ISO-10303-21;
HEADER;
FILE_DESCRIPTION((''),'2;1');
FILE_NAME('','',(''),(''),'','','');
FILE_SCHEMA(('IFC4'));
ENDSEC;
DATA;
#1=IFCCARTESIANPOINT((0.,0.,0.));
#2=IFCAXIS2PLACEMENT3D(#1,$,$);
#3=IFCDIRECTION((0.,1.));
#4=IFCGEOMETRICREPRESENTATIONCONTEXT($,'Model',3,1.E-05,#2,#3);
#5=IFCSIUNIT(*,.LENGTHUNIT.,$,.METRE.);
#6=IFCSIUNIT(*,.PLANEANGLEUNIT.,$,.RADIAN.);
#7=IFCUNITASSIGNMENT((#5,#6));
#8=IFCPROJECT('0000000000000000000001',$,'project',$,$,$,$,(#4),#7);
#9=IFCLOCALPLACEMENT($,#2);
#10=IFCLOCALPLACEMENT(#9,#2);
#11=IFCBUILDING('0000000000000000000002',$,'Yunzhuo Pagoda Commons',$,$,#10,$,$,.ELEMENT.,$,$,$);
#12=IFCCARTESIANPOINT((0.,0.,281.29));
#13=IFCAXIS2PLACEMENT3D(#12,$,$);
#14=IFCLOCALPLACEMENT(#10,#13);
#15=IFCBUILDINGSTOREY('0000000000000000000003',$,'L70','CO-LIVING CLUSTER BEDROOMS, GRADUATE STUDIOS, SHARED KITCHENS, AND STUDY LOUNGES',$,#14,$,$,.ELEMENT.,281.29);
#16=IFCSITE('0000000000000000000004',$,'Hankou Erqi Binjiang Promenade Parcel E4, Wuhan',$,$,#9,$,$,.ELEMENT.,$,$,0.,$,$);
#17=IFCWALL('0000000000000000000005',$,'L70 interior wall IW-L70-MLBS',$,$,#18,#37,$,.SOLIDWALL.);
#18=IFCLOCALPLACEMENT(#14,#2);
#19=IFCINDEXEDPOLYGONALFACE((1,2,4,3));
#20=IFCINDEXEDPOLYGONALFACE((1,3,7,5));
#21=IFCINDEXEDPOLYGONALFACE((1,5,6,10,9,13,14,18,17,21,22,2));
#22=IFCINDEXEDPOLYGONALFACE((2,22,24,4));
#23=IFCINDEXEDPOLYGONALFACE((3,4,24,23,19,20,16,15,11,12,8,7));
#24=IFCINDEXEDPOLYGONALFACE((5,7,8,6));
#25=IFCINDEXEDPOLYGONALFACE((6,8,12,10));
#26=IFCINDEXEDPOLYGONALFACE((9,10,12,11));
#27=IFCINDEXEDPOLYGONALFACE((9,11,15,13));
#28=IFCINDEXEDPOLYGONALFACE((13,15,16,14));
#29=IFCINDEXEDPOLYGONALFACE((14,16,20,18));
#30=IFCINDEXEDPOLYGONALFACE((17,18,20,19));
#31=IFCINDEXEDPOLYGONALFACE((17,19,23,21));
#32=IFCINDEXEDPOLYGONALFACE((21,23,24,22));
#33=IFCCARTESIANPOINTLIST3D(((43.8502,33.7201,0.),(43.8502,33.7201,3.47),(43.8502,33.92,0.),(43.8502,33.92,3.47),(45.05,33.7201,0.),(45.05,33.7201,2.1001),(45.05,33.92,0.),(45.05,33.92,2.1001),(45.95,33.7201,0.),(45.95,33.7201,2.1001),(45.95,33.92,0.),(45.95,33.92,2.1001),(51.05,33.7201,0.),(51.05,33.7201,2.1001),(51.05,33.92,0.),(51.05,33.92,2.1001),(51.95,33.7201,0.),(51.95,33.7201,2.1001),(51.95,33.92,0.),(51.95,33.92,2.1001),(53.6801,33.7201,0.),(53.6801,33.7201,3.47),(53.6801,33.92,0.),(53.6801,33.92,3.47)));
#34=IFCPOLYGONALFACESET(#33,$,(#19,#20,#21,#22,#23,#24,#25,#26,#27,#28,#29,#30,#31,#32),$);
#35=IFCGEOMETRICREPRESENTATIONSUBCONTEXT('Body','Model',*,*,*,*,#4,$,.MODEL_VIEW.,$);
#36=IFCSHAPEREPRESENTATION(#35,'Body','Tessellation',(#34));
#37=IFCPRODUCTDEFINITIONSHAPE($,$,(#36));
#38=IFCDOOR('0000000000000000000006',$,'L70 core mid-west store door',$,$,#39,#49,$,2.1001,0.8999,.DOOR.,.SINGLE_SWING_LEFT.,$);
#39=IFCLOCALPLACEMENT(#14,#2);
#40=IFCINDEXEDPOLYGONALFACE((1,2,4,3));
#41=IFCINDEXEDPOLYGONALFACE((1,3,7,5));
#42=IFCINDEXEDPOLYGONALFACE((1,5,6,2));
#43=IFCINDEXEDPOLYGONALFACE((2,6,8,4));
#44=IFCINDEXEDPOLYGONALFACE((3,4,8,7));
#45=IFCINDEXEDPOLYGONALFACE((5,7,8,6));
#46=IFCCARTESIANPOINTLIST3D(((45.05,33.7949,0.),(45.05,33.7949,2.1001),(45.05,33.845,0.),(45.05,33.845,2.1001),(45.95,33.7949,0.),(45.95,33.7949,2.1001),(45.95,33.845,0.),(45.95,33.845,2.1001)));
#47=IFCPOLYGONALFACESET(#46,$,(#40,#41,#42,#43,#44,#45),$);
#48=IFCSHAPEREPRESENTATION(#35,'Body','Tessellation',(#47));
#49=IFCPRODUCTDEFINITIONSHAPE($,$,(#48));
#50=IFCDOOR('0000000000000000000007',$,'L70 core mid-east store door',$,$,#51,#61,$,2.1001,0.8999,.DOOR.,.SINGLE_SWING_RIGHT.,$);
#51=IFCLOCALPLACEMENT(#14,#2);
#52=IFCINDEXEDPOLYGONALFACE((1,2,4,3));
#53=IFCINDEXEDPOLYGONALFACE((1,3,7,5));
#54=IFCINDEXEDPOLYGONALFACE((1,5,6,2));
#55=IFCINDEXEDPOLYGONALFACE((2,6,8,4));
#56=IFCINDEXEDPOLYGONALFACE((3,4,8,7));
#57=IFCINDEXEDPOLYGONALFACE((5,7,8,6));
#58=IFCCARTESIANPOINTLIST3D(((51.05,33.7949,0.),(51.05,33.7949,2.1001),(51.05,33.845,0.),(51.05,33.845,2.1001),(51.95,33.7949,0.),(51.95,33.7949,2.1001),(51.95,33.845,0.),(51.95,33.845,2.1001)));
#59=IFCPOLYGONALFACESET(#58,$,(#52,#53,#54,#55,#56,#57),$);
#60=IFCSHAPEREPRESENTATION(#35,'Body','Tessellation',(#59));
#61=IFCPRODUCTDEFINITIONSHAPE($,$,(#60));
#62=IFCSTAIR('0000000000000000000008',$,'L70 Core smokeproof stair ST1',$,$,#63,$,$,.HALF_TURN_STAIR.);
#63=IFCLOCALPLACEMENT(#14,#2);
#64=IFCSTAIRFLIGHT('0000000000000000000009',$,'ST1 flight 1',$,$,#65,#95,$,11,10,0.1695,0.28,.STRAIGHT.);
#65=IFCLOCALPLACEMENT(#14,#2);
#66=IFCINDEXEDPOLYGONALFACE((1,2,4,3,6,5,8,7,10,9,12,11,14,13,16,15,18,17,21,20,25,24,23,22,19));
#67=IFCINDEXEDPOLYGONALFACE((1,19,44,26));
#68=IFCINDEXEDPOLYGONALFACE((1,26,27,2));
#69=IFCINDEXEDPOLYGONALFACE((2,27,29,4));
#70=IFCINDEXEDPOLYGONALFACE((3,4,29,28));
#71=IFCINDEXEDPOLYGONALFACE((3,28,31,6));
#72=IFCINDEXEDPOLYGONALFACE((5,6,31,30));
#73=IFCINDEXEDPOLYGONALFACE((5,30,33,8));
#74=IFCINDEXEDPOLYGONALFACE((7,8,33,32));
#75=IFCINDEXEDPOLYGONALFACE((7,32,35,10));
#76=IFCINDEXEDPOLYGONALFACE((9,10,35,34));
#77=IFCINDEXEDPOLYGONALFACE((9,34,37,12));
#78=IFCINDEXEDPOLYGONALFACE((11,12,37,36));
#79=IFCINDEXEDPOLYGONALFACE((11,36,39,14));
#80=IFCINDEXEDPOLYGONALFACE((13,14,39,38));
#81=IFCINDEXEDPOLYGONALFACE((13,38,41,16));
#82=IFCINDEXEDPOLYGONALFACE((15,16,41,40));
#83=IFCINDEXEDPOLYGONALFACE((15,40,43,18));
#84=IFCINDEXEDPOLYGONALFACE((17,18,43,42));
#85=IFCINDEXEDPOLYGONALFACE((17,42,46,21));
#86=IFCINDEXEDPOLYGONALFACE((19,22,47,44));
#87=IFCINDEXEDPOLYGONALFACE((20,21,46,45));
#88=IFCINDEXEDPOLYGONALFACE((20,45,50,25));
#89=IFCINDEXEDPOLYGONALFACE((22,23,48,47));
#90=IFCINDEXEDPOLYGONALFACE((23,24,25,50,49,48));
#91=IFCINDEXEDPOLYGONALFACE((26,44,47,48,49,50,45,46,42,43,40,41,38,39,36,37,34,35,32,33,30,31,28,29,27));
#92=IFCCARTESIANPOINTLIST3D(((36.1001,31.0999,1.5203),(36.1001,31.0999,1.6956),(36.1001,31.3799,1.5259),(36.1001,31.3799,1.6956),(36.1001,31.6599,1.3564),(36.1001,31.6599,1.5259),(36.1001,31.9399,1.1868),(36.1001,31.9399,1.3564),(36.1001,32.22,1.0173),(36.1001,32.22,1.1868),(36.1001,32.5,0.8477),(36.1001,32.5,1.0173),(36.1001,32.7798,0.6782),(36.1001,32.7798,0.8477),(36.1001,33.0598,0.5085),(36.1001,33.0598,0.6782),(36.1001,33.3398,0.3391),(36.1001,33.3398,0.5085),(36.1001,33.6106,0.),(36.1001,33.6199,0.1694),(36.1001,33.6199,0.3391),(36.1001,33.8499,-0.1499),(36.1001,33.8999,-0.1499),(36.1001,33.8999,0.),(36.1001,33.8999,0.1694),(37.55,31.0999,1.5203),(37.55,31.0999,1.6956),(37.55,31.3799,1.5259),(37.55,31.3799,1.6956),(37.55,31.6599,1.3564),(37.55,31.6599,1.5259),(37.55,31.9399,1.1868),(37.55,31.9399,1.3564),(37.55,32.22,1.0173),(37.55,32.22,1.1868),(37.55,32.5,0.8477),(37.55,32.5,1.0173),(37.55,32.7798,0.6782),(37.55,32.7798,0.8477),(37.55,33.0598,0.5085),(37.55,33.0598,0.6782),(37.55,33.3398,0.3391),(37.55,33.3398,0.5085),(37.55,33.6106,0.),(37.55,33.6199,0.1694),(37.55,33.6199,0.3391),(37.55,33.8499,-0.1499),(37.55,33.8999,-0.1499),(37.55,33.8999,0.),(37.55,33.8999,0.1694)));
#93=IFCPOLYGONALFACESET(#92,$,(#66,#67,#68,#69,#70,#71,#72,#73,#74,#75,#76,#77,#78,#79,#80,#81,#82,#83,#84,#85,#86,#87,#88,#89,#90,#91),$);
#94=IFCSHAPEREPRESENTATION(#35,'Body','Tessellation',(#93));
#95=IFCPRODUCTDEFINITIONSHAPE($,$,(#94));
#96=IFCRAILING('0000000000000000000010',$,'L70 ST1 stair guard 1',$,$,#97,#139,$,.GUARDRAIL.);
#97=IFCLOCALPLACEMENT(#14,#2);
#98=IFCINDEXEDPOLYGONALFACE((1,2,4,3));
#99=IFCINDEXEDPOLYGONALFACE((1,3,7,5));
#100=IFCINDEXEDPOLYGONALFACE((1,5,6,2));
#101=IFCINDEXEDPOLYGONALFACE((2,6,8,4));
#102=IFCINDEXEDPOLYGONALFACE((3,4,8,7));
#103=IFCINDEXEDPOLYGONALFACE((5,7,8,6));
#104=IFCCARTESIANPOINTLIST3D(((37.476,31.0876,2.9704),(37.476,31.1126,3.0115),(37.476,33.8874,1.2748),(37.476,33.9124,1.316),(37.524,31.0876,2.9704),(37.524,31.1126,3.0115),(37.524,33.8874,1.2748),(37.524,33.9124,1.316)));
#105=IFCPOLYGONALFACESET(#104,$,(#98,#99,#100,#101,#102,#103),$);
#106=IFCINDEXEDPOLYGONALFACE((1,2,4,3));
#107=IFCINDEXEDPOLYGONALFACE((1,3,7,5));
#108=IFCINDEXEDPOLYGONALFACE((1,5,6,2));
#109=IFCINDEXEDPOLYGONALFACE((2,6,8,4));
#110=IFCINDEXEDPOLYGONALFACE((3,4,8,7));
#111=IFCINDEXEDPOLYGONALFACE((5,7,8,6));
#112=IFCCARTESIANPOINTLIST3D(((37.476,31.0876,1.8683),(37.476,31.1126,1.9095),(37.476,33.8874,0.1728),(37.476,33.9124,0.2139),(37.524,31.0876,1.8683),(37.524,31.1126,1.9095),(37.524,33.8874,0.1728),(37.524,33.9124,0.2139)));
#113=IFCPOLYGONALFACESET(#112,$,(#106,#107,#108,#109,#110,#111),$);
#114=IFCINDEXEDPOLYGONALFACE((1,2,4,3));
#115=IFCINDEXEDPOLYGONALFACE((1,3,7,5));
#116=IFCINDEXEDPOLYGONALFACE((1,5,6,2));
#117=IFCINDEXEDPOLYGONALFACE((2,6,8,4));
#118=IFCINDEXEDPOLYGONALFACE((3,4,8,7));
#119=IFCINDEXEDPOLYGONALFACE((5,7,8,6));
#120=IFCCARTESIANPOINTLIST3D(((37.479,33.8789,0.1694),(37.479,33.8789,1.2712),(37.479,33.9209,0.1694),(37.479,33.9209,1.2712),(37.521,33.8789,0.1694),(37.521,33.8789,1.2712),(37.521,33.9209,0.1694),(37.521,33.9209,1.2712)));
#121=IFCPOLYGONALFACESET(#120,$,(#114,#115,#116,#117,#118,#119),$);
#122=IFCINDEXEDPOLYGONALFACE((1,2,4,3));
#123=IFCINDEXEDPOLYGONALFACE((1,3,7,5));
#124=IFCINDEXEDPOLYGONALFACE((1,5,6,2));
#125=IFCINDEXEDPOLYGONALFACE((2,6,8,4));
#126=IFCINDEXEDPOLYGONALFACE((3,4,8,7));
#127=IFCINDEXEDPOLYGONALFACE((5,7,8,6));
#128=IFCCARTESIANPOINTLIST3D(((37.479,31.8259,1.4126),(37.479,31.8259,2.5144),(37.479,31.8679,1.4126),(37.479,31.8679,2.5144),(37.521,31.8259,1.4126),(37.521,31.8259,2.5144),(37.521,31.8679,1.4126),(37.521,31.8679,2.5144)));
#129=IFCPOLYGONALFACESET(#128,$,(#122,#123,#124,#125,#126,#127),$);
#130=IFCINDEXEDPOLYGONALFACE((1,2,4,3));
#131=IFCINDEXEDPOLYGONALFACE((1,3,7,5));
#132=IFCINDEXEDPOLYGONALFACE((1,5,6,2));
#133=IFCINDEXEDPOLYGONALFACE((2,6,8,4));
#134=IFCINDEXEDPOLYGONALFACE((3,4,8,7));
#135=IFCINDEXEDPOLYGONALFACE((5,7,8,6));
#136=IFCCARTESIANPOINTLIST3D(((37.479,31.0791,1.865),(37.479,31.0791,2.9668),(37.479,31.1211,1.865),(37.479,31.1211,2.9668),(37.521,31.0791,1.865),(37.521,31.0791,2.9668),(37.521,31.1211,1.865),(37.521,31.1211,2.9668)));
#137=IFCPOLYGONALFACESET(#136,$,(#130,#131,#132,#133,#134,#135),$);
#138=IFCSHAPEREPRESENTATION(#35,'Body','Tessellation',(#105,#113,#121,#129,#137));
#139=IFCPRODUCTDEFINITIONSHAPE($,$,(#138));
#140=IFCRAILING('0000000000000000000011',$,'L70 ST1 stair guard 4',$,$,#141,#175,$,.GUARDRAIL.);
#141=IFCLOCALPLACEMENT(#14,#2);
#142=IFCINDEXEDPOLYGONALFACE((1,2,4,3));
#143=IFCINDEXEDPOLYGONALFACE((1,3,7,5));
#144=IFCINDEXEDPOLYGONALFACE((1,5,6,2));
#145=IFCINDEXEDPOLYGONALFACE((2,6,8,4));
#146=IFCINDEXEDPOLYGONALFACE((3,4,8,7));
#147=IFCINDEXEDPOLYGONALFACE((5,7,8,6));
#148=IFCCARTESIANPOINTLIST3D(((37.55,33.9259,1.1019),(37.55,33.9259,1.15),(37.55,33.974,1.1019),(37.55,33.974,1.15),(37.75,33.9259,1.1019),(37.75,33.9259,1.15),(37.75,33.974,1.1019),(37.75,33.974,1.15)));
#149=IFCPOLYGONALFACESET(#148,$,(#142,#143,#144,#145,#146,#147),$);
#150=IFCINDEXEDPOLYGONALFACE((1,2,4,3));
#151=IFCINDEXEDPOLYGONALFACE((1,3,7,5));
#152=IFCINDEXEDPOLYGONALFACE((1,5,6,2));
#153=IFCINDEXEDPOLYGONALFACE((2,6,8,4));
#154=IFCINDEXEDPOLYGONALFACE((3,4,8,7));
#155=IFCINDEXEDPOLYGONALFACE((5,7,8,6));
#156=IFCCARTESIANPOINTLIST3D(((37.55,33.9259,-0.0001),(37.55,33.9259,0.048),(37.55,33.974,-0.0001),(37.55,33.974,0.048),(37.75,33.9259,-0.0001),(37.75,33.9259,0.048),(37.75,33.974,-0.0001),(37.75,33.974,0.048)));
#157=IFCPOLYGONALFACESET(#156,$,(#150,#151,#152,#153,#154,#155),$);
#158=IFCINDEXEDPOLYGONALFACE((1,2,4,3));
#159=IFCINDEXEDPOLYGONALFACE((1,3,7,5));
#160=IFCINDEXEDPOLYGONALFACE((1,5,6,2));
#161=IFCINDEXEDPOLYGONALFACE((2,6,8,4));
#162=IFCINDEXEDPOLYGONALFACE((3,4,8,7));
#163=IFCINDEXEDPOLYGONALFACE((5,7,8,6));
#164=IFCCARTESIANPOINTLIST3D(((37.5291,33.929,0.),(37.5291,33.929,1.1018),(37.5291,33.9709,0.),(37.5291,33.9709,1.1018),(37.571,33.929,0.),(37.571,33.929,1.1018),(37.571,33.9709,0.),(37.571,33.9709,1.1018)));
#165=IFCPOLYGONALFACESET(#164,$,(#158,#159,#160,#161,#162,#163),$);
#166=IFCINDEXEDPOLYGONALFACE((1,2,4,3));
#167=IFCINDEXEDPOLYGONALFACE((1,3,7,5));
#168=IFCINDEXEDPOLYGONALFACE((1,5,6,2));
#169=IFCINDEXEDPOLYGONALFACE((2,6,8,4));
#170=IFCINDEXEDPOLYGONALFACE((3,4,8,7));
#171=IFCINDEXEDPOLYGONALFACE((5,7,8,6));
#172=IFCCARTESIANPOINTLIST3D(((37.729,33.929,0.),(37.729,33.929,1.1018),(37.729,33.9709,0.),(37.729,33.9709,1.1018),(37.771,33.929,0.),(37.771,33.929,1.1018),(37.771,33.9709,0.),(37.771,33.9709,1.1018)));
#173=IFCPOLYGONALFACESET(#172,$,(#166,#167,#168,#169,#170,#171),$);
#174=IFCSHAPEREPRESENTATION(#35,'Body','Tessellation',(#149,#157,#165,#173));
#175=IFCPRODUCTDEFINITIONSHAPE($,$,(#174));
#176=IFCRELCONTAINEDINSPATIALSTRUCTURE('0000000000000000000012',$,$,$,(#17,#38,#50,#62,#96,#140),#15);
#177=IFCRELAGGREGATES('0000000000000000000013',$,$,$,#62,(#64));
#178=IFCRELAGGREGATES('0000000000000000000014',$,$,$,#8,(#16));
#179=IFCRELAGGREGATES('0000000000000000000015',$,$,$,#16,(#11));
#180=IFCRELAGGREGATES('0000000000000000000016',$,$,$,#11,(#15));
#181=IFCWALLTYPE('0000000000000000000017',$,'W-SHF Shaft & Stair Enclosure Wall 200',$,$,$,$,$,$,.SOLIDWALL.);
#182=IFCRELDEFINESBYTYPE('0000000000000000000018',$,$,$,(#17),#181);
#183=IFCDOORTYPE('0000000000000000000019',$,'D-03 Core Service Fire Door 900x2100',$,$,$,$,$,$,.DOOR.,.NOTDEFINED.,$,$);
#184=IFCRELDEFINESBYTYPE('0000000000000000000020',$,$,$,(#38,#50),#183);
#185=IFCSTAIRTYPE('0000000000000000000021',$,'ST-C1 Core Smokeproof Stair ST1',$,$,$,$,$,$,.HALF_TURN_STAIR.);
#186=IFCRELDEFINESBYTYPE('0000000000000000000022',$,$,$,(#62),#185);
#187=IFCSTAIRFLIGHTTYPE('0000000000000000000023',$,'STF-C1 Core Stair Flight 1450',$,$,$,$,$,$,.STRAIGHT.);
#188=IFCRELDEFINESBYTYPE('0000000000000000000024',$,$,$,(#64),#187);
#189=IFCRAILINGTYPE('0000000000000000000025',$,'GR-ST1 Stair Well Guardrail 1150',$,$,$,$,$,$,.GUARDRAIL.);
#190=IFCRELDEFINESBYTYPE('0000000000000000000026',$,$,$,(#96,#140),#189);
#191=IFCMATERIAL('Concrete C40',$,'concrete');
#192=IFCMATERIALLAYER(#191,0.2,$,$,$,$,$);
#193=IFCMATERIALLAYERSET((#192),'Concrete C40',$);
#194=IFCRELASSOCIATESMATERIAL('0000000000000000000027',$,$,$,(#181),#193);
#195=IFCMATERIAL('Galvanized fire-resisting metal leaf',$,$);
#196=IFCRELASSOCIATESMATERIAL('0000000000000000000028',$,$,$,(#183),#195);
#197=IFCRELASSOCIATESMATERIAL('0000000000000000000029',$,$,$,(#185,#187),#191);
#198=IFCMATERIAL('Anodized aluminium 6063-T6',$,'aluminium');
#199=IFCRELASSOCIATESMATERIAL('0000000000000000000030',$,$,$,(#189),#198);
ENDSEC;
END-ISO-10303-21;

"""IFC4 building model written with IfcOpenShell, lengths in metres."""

from ifc_helpers import new_model, si_unit, direction, frame, frame_2d, origin, origin_with_axes, origin_2d, place, context, subcontext, project, spatial, polyline, rectangle, outline, extrude, source, transform, mapped, material, layer, layer_set, type_object, element, fill, aggregate, save


model = new_model("IFC4")

# Units and contexts
model_context = context("Model", 3, precision=1e-05, world=origin(), true_north=direction((0.0, 1.0)))
body_context = subcontext(model_context, "Body", "Model", "MODEL_VIEW")
ifc_project = project(units=[si_unit("LENGTHUNIT", "METRE"), si_unit("PLANEANGLEUNIT", "RADIAN")], contexts=[model_context])

# Site, building, storey
site_placement = place(None, origin())
site = spatial("IfcSite", under=ifc_project, at=site_placement, Name="Hankou Erqi Binjiang Promenade Parcel E4, Wuhan", CompositionType="ELEMENT", RefElevation=0.0)
building_placement = place(site_placement, origin())
building = spatial("IfcBuilding", under=site, at=building_placement, Name="Yunzhuo Pagoda Commons", CompositionType="ELEMENT")
storey_placement = place(building_placement, frame((0.0, 0.0, 281.29)))
storey = spatial("IfcBuildingStorey", under=building, at=storey_placement, Name="L70", Description="CO-LIVING CLUSTER BEDROOMS, GRADUATE STUDIOS, SHARED KITCHENS, AND STUDY LOUNGES", CompositionType="ELEMENT", Elevation=281.29)

# Shared definitions
ifc_material_1 = material(Name="Galvanized fire-resisting metal leaf")

# Shared definitions
ifc_material_2 = material(Name="Concrete C40", Category="concrete")
ifc_layer_1 = layer(ifc_material_2, 0.2)
ifc_layer_set_1 = layer_set([ifc_layer_1], Name="Concrete C40")
wall_type_1 = type_object("IfcWallType", Name="W-SHF Shaft & Stair Enclosure Wall 200", PredefinedType="SOLIDWALL", material=ifc_layer_set_1)

# Shared definitions
door_type_1 = type_object("IfcDoorType", Name="D-03 Core Service Fire Door 900x2100", OperationType="NOTDEFINED", PredefinedType="DOOR", material=ifc_material_1)
shared_shape_1 = source(origin(), body_context, "Body", "SweptSolid", [
    extrude(rectangle(XDim=0.8999, YDim=2.1001, at=frame_2d((0.45, 1.05))), frame((0.0, 0.0249, 0.0), z_axis=(0.0, -1.0, 0.0), x_axis=(1.0, 0.0, 0.0)), (0.0, 0.0, 1.0), 0.05),
])

# Wall, openings, doors
wall_1_placement = place(storey_placement, frame((43.8501, 33.8201, 0.0), z_axis=(0.0, 0.0, 1.0), x_axis=(1.0, 0.0, 0.0)))
wall_1 = element("IfcWall", 1, at=wall_1_placement, inside=storey, type_object=wall_type_1, Name="L70 interior wall IW-L70-MLBS", PredefinedType="SOLIDWALL", context=body_context, shape_type="SweptSolid", body=[
    extrude(rectangle(XDim=9.8298, YDim=0.2, at=frame_2d((4.915, 0.0))), origin(), (0.0, 0.0, 1.0), 3.47),
])
opening_1_placement = place(wall_1_placement, frame((1.2, 0.0, 0.0)))
opening_1 = element("IfcOpeningElement", 2, at=opening_1_placement, cuts=wall_1, PredefinedType="OPENING", context=body_context, shape_type="SweptSolid", body=[
    extrude(rectangle(XDim=0.8999, YDim=2.1001, at=frame_2d((0.45, 1.05))), frame((0.0, 0.1099, 0.0), z_axis=(0.0, -1.0, 0.0), x_axis=(1.0, 0.0, 0.0)), (0.0, 0.0, 1.0), 0.22),
])
opening_2_placement = place(wall_1_placement, frame((7.2, 0.0, 0.0)))
opening_2 = element("IfcOpeningElement", 3, at=opening_2_placement, cuts=wall_1, PredefinedType="OPENING", context=body_context, shape_type="SweptSolid", body=[
    extrude(rectangle(XDim=0.8999, YDim=2.1001, at=frame_2d((0.45, 1.05))), frame((0.0, 0.1099, 0.0), z_axis=(0.0, -1.0, 0.0), x_axis=(1.0, 0.0, 0.0)), (0.0, 0.0, 1.0), 0.22),
])
door_1_placement = place(opening_1_placement, origin_with_axes())
door_1 = element("IfcDoor", 4, at=door_1_placement, inside=storey, type_object=door_type_1, Name="L70 core mid-west store door", OperationType="SINGLE_SWING_LEFT", OverallHeight=2.1001, OverallWidth=0.8999, PredefinedType="DOOR", context=body_context, shape_type="MappedRepresentation", body=[
    mapped(shared_shape_1, transform((0.0, 0.0, 0.0), scale=1.0)),
])
fill(opening_1, door_1)
door_2_placement = place(opening_2_placement, origin_with_axes())
door_2 = element("IfcDoor", 5, at=door_2_placement, inside=storey, type_object=door_type_1, Name="L70 core mid-east store door", OperationType="SINGLE_SWING_RIGHT", OverallHeight=2.1001, OverallWidth=0.8999, PredefinedType="DOOR", context=body_context, shape_type="MappedRepresentation", body=[
    mapped(shared_shape_1, transform((0.0, 0.0, 0.0), scale=1.0)),
])
fill(opening_2, door_2)

# Stair, stair flight
stair_type = type_object("IfcStairType", Name="ST-C1 Core Smokeproof Stair ST1", PredefinedType="HALF_TURN_STAIR", material=ifc_material_2)
stair_placement = place(storey_placement, origin())
stair = element("IfcStair", 6, at=stair_placement, inside=storey, type_object=stair_type, Name="L70 Core smokeproof stair ST1", PredefinedType="HALF_TURN_STAIR")
stair_flight_type = type_object("IfcStairFlightType", Name="STF-C1 Core Stair Flight 1450", PredefinedType="STRAIGHT", material=ifc_material_2)
shared_shape_2 = source(origin(), body_context, "Body", "SweptSolid", [
    extrude(outline(polyline([(0.0, -0.1499), (0.0, 0.0), (0.0, 0.1694), (0.28, 0.1694), (0.28, 0.3391), (0.5601, 0.3391), (0.5601, 0.5085), (0.8401, 0.5085), (0.8401, 0.6782), (1.1201, 0.6782), (1.1201, 0.8477), (1.3999, 0.8477), (1.3999, 1.0173), (1.6799, 1.0173), (1.6799, 1.1868), (1.96, 1.1868), (1.96, 1.3564), (2.24, 1.3564), (2.24, 1.5259), (2.52, 1.5259), (2.52, 1.6956), (2.8, 1.6956), (2.8, 1.865), (2.8, 1.5203), (0.2893, 0.0), (0.05, -0.1499), (0.0, -0.1499)])), frame((0.0, 0.7251, 0.0), z_axis=(0.0, -1.0, 0.0), x_axis=(1.0, 0.0, 0.0)), (0.0, 0.0, 1.0), 1.45),
])
stair_flight_placement = place(storey_placement, frame((36.825, 33.8999, 0.0), z_axis=(0.0, 0.0, 1.0), x_axis=(0.0, -1.0, 0.0)))
stair_flight = element("IfcStairFlight", 7, at=stair_flight_placement, type_object=stair_flight_type, Name="ST1 flight 1", NumberOfRisers=11, NumberOfTreads=10, PredefinedType="STRAIGHT", RiserHeight=0.1695, TreadLength=0.28, context=body_context, shape_type="MappedRepresentation", body=[
    mapped(shared_shape_2, transform((0.0, 0.0, 0.0), scale=1.0)),
])
aggregate(stair, [stair_flight])

# Railings
ifc_material_3 = material(Name="Anodized aluminium 6063-T6", Category="aluminium")
railing_type_1 = type_object("IfcRailingType", Name="GR-ST1 Stair Well Guardrail 1150", PredefinedType="GUARDRAIL", material=ifc_material_3)
railing_1_placement = place(storey_placement, frame((37.5, 33.8999, 0.1694)))
element("IfcRailing", 8, at=railing_1_placement, inside=storey, type_object=railing_type_1, Name="L70 ST1 stair guard 1", PredefinedType="GUARDRAIL", context=body_context, shape_type="SweptSolid", body=[
    extrude(rectangle(XDim=0.0481, YDim=0.0481, at=origin_2d()), frame((0.0, 0.0, 1.126), z_axis=(0.0, -0.855373, 0.518012), x_axis=(1.0, 0.0, 0.0)), (0.0, 0.0, 1.0), 3.2732),
    extrude(rectangle(XDim=0.0481, YDim=0.0481, at=origin_2d()), frame((0.0, 0.0, 0.0239), z_axis=(0.0, -0.855373, 0.518012), x_axis=(1.0, 0.0, 0.0)), (0.0, 0.0, 1.0), 3.2732),
    extrude(rectangle(XDim=0.042, YDim=0.042, at=origin_2d()), origin(), (0.0, 0.0, 1.0), 1.1018),
    extrude(rectangle(XDim=0.042, YDim=0.042, at=origin_2d()), frame((0.0, -2.053, 1.2432)), (0.0, 0.0, 1.0), 1.1018),
    extrude(rectangle(XDim=0.042, YDim=0.042, at=origin_2d()), frame((0.0, -2.7998, 1.6956)), (0.0, 0.0, 1.0), 1.1018),
])
railing_2_placement = place(storey_placement, frame((37.55, 33.95, 0.0)))
element("IfcRailing", 9, at=railing_2_placement, inside=storey, type_object=railing_type_1, Name="L70 ST1 stair guard 4", PredefinedType="GUARDRAIL", context=body_context, shape_type="SweptSolid", body=[
    extrude(rectangle(XDim=0.0481, YDim=0.0481, at=origin_2d()), frame((0.0, 0.0, 1.126), z_axis=(1.0, 0.0, 0.0), x_axis=(0.0, 1.0, 0.0)), (0.0, 0.0, 1.0), 0.2),
    extrude(rectangle(XDim=0.0481, YDim=0.0481, at=origin_2d()), frame((0.0, 0.0, 0.0239), z_axis=(1.0, 0.0, 0.0), x_axis=(0.0, 1.0, 0.0)), (0.0, 0.0, 1.0), 0.2),
    extrude(rectangle(XDim=0.042, YDim=0.042, at=origin_2d()), origin(), (0.0, 0.0, 1.0), 1.1018),
    extrude(rectangle(XDim=0.042, YDim=0.042, at=origin_2d()), frame((0.2, 0.0, 0.0)), (0.0, 0.0, 1.0), 1.1018),
])

save(model, "model.ifc")
